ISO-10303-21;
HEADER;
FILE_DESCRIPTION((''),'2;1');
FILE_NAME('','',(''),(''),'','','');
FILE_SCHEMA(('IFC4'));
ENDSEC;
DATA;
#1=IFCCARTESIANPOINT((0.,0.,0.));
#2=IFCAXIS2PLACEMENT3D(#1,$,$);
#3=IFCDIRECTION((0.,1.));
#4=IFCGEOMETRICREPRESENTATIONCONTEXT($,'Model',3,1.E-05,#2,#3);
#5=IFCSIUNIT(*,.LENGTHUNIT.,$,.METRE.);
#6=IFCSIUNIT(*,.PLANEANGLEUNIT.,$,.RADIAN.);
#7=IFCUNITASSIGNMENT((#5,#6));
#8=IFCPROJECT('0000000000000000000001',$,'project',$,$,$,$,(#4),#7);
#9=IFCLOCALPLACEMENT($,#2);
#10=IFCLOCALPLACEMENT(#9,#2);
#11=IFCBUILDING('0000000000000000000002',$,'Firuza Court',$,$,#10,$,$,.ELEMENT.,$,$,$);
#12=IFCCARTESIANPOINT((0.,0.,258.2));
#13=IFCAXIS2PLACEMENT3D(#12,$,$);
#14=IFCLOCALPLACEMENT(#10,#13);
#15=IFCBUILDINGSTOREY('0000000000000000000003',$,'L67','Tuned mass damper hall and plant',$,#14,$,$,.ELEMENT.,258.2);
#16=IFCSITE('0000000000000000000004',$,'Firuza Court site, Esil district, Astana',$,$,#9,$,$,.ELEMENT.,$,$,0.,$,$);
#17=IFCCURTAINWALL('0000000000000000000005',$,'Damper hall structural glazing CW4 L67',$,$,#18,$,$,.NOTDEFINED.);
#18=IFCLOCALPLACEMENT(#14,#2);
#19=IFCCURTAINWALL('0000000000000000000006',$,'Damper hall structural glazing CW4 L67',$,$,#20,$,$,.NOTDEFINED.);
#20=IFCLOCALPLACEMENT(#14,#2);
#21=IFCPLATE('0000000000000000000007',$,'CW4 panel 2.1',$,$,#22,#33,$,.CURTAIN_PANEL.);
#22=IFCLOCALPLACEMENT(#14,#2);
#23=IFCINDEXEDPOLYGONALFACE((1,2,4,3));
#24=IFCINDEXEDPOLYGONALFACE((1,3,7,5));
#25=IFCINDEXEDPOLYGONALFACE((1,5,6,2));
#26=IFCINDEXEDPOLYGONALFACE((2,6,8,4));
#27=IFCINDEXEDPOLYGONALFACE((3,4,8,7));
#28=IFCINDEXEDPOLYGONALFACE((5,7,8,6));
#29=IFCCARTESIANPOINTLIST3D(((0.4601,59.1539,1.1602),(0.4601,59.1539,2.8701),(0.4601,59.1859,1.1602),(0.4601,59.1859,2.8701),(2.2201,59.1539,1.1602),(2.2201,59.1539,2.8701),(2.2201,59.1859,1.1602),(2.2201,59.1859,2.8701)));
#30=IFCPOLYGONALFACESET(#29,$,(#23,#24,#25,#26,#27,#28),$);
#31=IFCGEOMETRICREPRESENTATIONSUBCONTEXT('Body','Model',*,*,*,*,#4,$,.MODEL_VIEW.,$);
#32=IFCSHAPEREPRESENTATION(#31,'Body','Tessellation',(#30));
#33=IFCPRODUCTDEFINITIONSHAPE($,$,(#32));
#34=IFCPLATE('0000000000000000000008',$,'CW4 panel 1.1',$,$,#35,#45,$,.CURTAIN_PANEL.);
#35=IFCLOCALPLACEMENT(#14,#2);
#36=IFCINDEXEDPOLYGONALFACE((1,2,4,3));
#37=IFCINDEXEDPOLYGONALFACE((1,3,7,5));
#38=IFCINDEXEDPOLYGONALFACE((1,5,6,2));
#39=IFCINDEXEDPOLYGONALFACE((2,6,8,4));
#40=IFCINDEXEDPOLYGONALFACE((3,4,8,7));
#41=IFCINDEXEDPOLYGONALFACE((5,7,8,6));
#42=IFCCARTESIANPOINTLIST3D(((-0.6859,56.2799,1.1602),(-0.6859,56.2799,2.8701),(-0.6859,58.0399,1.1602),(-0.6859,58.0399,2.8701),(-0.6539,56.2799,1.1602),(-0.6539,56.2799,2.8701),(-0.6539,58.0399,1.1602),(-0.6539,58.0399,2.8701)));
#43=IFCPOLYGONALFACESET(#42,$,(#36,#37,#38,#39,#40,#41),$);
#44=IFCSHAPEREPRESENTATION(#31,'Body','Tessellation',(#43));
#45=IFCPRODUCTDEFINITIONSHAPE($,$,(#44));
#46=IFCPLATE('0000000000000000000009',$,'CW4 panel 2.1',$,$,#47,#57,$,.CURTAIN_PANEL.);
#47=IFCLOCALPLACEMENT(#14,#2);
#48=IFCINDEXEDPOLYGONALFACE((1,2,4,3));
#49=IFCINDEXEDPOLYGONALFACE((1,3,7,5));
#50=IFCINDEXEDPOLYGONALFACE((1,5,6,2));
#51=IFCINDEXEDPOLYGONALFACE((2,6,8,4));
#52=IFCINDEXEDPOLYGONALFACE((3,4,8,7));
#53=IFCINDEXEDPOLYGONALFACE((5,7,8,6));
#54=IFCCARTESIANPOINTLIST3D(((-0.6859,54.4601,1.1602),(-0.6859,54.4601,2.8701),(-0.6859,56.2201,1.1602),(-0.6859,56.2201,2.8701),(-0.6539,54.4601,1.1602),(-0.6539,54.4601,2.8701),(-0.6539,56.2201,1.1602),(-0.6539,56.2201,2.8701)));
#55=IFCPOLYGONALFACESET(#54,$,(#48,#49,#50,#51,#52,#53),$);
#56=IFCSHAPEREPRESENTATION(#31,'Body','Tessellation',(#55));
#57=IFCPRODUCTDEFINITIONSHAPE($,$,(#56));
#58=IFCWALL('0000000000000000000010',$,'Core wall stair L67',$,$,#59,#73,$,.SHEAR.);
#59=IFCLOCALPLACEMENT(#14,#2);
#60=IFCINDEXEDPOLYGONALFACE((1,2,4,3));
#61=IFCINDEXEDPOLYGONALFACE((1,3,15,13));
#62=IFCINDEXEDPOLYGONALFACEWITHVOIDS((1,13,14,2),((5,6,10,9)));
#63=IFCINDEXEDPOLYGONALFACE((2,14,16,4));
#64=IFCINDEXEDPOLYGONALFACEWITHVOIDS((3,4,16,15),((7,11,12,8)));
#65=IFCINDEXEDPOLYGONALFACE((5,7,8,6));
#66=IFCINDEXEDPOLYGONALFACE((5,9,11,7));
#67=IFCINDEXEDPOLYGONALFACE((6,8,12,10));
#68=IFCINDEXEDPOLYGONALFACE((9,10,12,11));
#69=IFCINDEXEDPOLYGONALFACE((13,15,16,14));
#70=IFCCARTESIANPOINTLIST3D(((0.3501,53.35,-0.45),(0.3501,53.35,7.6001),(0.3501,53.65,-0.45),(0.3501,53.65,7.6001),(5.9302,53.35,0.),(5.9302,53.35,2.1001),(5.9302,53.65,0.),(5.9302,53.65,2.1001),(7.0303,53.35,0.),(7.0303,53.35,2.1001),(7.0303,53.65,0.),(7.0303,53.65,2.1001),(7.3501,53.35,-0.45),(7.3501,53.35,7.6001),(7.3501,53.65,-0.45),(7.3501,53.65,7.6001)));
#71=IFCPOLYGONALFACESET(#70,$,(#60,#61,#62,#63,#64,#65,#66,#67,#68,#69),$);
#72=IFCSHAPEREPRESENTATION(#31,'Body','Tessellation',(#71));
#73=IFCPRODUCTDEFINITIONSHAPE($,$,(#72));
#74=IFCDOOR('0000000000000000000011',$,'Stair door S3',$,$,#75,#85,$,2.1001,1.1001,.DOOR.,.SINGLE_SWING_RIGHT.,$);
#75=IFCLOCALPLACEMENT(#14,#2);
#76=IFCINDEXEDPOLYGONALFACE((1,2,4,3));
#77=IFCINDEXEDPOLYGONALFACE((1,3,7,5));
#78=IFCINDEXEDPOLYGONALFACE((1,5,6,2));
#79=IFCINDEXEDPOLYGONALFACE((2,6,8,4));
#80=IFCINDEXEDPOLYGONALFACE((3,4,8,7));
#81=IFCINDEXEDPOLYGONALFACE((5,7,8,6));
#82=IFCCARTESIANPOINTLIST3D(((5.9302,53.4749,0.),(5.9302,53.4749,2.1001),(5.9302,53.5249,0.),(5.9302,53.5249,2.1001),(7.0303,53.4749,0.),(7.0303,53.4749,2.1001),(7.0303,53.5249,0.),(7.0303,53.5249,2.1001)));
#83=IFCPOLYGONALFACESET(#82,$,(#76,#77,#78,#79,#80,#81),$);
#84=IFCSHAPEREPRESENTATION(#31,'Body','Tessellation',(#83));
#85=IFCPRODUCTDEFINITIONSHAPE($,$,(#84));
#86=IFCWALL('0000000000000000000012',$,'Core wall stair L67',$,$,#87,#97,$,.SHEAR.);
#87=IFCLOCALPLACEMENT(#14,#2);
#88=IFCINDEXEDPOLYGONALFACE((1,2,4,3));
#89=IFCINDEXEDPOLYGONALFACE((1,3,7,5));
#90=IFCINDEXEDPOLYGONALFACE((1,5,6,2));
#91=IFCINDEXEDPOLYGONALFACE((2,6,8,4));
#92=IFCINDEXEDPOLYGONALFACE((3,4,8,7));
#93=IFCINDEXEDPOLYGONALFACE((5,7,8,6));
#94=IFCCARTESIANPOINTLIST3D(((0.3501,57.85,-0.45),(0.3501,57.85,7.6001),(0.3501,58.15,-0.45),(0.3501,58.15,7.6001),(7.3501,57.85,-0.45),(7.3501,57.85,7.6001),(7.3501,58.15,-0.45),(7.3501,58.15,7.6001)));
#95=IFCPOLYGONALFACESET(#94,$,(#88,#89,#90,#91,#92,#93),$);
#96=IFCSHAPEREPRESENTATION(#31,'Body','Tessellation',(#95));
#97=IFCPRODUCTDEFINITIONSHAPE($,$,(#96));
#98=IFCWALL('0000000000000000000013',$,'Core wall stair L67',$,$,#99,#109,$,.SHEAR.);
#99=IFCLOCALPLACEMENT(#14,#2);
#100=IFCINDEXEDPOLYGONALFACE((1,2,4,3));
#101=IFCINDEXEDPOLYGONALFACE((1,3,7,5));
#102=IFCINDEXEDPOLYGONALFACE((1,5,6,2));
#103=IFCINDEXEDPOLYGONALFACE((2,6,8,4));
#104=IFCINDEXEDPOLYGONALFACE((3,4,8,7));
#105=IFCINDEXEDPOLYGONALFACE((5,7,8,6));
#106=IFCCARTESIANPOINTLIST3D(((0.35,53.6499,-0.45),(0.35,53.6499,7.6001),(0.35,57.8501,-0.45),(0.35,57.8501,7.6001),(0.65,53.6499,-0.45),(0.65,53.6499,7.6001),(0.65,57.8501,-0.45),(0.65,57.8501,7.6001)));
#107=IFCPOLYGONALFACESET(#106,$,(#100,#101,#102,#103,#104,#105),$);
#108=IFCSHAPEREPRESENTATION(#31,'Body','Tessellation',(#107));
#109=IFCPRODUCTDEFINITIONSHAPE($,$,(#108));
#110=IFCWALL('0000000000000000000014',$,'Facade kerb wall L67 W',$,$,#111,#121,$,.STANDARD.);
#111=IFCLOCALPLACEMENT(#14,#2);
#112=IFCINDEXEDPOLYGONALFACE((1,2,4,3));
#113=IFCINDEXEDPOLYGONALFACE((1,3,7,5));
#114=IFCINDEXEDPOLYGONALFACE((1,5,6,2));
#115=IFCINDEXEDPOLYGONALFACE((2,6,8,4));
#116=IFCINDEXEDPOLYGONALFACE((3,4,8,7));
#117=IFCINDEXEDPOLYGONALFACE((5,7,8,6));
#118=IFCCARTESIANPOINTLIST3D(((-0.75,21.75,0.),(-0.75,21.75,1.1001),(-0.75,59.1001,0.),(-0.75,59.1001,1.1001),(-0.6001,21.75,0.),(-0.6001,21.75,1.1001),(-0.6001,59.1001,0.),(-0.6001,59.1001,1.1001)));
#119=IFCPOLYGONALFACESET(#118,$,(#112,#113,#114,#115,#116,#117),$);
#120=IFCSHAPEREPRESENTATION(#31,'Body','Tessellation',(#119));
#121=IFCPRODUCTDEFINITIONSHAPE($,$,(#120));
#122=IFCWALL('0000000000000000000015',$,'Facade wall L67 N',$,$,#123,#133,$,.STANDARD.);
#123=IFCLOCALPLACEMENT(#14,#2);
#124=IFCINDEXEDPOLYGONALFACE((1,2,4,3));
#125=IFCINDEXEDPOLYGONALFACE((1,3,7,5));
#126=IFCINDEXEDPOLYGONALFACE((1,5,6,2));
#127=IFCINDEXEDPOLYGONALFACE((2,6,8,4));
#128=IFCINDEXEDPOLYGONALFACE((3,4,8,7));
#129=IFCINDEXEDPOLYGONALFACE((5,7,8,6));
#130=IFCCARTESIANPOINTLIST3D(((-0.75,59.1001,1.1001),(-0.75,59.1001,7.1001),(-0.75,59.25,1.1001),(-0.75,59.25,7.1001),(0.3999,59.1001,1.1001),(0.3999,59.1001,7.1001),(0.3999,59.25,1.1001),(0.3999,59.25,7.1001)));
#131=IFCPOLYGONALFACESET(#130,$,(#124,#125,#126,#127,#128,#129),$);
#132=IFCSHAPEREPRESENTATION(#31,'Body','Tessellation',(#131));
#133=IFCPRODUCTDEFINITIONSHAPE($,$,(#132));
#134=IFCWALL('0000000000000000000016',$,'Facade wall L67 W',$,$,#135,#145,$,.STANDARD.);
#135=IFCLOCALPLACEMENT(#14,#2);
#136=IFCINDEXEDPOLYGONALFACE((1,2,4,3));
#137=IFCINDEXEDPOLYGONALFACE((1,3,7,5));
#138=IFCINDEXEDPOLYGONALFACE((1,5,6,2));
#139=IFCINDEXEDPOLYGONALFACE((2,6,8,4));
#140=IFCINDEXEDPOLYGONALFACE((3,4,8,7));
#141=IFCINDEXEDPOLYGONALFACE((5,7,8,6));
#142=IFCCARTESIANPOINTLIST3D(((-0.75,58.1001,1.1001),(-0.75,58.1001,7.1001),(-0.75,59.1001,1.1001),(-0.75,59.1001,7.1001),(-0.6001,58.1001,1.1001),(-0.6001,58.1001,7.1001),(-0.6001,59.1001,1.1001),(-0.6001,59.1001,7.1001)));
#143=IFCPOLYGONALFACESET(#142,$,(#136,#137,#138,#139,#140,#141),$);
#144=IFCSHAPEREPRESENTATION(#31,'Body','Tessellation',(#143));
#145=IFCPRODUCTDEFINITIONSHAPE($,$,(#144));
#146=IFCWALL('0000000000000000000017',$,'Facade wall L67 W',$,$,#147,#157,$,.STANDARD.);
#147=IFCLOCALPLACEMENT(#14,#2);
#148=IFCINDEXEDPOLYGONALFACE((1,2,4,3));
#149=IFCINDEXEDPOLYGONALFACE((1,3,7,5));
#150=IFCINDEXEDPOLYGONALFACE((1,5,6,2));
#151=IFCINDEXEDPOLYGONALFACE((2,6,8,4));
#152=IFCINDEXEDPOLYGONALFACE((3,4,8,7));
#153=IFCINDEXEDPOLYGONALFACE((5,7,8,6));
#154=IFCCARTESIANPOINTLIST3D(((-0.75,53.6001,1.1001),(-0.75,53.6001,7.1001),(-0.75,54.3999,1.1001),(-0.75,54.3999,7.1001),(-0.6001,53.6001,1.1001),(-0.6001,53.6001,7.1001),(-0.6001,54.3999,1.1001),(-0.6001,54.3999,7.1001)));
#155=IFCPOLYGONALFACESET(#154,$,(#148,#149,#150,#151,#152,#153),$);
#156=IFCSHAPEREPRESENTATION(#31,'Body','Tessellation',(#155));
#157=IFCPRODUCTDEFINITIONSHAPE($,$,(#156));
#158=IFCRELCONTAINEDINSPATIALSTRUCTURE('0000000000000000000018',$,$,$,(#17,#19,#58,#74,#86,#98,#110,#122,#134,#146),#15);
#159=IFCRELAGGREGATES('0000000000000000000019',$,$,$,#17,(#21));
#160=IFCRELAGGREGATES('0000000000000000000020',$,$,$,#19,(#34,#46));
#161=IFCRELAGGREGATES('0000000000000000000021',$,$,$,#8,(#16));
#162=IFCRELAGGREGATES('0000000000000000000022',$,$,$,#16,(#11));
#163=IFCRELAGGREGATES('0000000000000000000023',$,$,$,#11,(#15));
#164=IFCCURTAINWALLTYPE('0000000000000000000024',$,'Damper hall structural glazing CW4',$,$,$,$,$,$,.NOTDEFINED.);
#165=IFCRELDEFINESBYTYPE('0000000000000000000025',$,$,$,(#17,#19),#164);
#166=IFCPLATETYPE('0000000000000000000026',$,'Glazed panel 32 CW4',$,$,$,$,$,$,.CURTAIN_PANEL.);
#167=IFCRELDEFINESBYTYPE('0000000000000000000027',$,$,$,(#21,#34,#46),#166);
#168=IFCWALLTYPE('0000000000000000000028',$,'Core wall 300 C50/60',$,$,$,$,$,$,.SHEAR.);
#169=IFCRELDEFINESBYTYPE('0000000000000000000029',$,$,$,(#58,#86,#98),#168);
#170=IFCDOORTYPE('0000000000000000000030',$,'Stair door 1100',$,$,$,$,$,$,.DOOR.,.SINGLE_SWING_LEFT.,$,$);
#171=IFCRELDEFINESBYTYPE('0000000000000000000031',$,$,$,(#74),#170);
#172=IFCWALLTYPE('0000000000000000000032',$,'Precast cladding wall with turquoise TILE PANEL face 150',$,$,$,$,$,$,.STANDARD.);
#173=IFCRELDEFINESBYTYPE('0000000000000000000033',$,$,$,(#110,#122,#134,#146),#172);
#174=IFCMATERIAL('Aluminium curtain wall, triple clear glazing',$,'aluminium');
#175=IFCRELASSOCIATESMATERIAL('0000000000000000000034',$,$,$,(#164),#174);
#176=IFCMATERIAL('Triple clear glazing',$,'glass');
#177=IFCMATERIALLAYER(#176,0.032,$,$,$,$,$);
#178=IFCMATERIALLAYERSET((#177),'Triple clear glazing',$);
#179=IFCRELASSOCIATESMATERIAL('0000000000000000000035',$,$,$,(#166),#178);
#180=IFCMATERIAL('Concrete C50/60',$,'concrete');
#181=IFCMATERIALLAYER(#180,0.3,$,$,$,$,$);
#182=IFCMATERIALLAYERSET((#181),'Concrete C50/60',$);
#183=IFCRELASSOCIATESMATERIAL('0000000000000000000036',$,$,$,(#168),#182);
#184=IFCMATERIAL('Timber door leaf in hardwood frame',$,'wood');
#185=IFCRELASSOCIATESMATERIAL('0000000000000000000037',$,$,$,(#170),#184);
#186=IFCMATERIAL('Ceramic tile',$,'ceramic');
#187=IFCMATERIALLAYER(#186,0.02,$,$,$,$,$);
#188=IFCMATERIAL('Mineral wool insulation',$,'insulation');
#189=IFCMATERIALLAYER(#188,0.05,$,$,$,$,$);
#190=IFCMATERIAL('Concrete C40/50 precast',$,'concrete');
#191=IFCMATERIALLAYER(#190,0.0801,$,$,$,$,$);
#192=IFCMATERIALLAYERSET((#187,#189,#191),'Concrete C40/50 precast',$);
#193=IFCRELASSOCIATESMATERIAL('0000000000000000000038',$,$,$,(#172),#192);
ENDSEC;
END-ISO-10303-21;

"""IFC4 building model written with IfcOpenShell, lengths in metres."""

from ifc_helpers import new_model, si_unit, direction, frame, frame_2d, origin, origin_2d, place, context, subcontext, project, spatial, rectangle, extrude, material, layer, layer_set, type_object, element, fill, aggregate, save


model = new_model("IFC4")

# Units and contexts
model_context = context("Model", 3, precision=1e-05, world=origin(), true_north=direction((0.0, 1.0)))
body_context = subcontext(model_context, "Body", "Model", "MODEL_VIEW")
ifc_project = project(units=[si_unit("LENGTHUNIT", "METRE"), si_unit("PLANEANGLEUNIT", "RADIAN")], contexts=[model_context])

# Site, building, storey
site_placement = place(None, origin())
site = spatial("IfcSite", under=ifc_project, at=site_placement, Name="Firuza Court site, Esil district, Astana", CompositionType="ELEMENT", RefElevation=0.0)
building_placement = place(site_placement, origin())
building = spatial("IfcBuilding", under=site, at=building_placement, Name="Firuza Court", CompositionType="ELEMENT")
storey_placement = place(building_placement, frame((0.0, 0.0, 258.2)))
storey = spatial("IfcBuildingStorey", under=building, at=storey_placement, Name="L67", Description="Tuned mass damper hall and plant", CompositionType="ELEMENT", Elevation=258.2)

# Curtain walls
ifc_material_1 = material(Name="Aluminium curtain wall, triple clear glazing", Category="aluminium")
curtain_wall_type = type_object("IfcCurtainWallType", Name="Damper hall structural glazing CW4", PredefinedType="NOTDEFINED", material=ifc_material_1)
curtain_wall_1_placement = place(storey_placement, origin())
curtain_wall_1 = element("IfcCurtainWall", 1, at=curtain_wall_1_placement, inside=storey, type_object=curtain_wall_type, Name="Damper hall structural glazing CW4 L67", PredefinedType="NOTDEFINED")
curtain_wall_2_placement = place(storey_placement, origin())
curtain_wall_2 = element("IfcCurtainWall", 2, at=curtain_wall_2_placement, inside=storey, type_object=curtain_wall_type, Name="Damper hall structural glazing CW4 L67", PredefinedType="NOTDEFINED")

# Plates
ifc_material_2 = material(Name="Triple clear glazing", Category="glass")
ifc_layer_1 = layer(ifc_material_2, 0.032)
ifc_layer_set_1 = layer_set([ifc_layer_1], Name="Triple clear glazing")
plate_type = type_object("IfcPlateType", Name="Glazed panel 32 CW4", PredefinedType="CURTAIN_PANEL", material=ifc_layer_set_1)
plate_1_placement = place(storey_placement, frame((1.3401, 59.1699, 1.1602), z_axis=(0.0, 0.0, 1.0), x_axis=(-1.0, 0.0, 0.0)))
plate_1 = element("IfcPlate", 3, at=plate_1_placement, type_object=plate_type, Name="CW4 panel 2.1", PredefinedType="CURTAIN_PANEL", context=body_context, shape_type="SweptSolid", body=[
    extrude(rectangle(XDim=1.76, YDim=0.032, at=origin_2d()), origin(), (0.0, 0.0, 1.0), 1.71),
])
aggregate(curtain_wall_1, [plate_1])
plate_2_placement = place(storey_placement, frame((-0.6699, 57.1599, 1.1602), z_axis=(0.0, 0.0, 1.0), x_axis=(0.0, -1.0, 0.0)))
plate_2 = element("IfcPlate", 4, at=plate_2_placement, type_object=plate_type, Name="CW4 panel 1.1", PredefinedType="CURTAIN_PANEL", context=body_context, shape_type="SweptSolid", body=[
    extrude(rectangle(XDim=1.76, YDim=0.032, at=origin_2d()), origin(), (0.0, 0.0, 1.0), 1.71),
])
plate_3_placement = place(storey_placement, frame((-0.6699, 55.3401, 1.1602), z_axis=(0.0, 0.0, 1.0), x_axis=(0.0, -1.0, 0.0)))
plate_3 = element("IfcPlate", 5, at=plate_3_placement, type_object=plate_type, Name="CW4 panel 2.1", PredefinedType="CURTAIN_PANEL", context=body_context, shape_type="SweptSolid", body=[
    extrude(rectangle(XDim=1.76, YDim=0.032, at=origin_2d()), origin(), (0.0, 0.0, 1.0), 1.71),
])
aggregate(curtain_wall_2, [plate_2, plate_3])

# Wall, opening, door
ifc_material_3 = material(Name="Concrete C50/60", Category="concrete")
ifc_layer_2 = layer(ifc_material_3, 0.3)
ifc_layer_set_2 = layer_set([ifc_layer_2], Name="Concrete C50/60")
wall_type_1 = type_object("IfcWallType", Name="Core wall 300 C50/60", PredefinedType="SHEAR", material=ifc_layer_set_2)
wall_1_placement = place(storey_placement, frame((0.3501, 53.5, -0.45), z_axis=(0.0, 0.0, 1.0), x_axis=(1.0, 0.0, 0.0)))
wall_1 = element("IfcWall", 6, at=wall_1_placement, inside=storey, type_object=wall_type_1, Name="Core wall stair L67", PredefinedType="SHEAR", context=body_context, shape_type="SweptSolid", body=[
    extrude(rectangle(XDim=7.0, YDim=0.3, at=frame_2d((3.5, 0.0))), origin(), (0.0, 0.0, 1.0), 8.05),
])
opening_placement = place(wall_1_placement, frame((5.5801, 0.0, 0.45)))
opening = element("IfcOpeningElement", 7, at=opening_placement, cuts=wall_1, PredefinedType="OPENING", context=body_context, shape_type="SweptSolid", body=[
    extrude(rectangle(XDim=1.1001, YDim=2.1001, at=frame_2d((0.55, 1.05))), frame((0.0, 0.1621, 0.0), z_axis=(0.0, -1.0, 0.0), x_axis=(1.0, 0.0, 0.0)), (0.0, 0.0, 1.0), 0.324),
])
ifc_material_4 = material(Name="Timber door leaf in hardwood frame", Category="wood")
door_type = type_object("IfcDoorType", Name="Stair door 1100", OperationType="SINGLE_SWING_LEFT", PredefinedType="DOOR", material=ifc_material_4)
door_placement = place(opening_placement, origin())
door = element("IfcDoor", 8, at=door_placement, inside=storey, type_object=door_type, Name="Stair door S3", OperationType="SINGLE_SWING_RIGHT", OverallHeight=2.1001, OverallWidth=1.1001, PredefinedType="DOOR", context=body_context, shape_type="SweptSolid", body=[
    extrude(rectangle(XDim=1.1001, YDim=2.1001, at=frame_2d((0.55, 1.05))), frame((0.0, 0.0249, 0.0), z_axis=(0.0, -1.0, 0.0), x_axis=(1.0, 0.0, 0.0)), (0.0, 0.0, 1.0), 0.05),
])
fill(opening, door)

# Walls
wall_2_placement = place(storey_placement, frame((0.3501, 58.0, -0.45), z_axis=(0.0, 0.0, 1.0), x_axis=(1.0, 0.0, 0.0)))
element("IfcWall", 9, at=wall_2_placement, inside=storey, type_object=wall_type_1, Name="Core wall stair L67", PredefinedType="SHEAR", context=body_context, shape_type="SweptSolid", body=[
    extrude(rectangle(XDim=7.0, YDim=0.3, at=frame_2d((3.5, 0.0))), origin(), (0.0, 0.0, 1.0), 8.05),
])
wall_3_placement = place(storey_placement, frame((0.5, 53.6499, -0.45), z_axis=(0.0, 0.0, 1.0), x_axis=(0.0, 1.0, 0.0)))
element("IfcWall", 10, at=wall_3_placement, inside=storey, type_object=wall_type_1, Name="Core wall stair L67", PredefinedType="SHEAR", context=body_context, shape_type="SweptSolid", body=[
    extrude(rectangle(XDim=4.2002, YDim=0.3, at=frame_2d((2.1001, 0.0))), origin(), (0.0, 0.0, 1.0), 8.05),
])
ifc_material_5 = material(Name="Ceramic tile", Category="ceramic")
ifc_layer_3 = layer(ifc_material_5, 0.02)
ifc_material_6 = material(Name="Mineral wool insulation", Category="insulation")
ifc_layer_4 = layer(ifc_material_6, 0.05)
ifc_material_7 = material(Name="Concrete C40/50 precast", Category="concrete")
ifc_layer_5 = layer(ifc_material_7, 0.0801)
ifc_layer_set_3 = layer_set([ifc_layer_3, ifc_layer_4, ifc_layer_5], Name="Concrete C40/50 precast")
wall_type_2 = type_object("IfcWallType", Name="Precast cladding wall with turquoise TILE PANEL face 150", PredefinedType="STANDARD", material=ifc_layer_set_3)
wall_4_placement = place(storey_placement, frame((-0.675, 59.1001, 0.0), z_axis=(0.0, 0.0, 1.0), x_axis=(0.0, -1.0, 0.0)))
element("IfcWall", 11, at=wall_4_placement, inside=storey, type_object=wall_type_2, Name="Facade kerb wall L67 W", PredefinedType="STANDARD", context=body_context, shape_type="SweptSolid", body=[
    extrude(rectangle(XDim=37.3501, YDim=0.1499, at=frame_2d((18.675, 0.0))), origin(), (0.0, 0.0, 1.0), 1.1001),
])
wall_5_placement = place(storey_placement, frame((0.3999, 59.175, 1.1001), z_axis=(0.0, 0.0, 1.0), x_axis=(-1.0, 0.0, 0.0)))
element("IfcWall", 12, at=wall_5_placement, inside=storey, type_object=wall_type_2, Name="Facade wall L67 N", PredefinedType="STANDARD", context=body_context, shape_type="SweptSolid", body=[
    extrude(rectangle(XDim=1.1499, YDim=0.1499, at=frame_2d((0.575, 0.0))), origin(), (0.0, 0.0, 1.0), 6.0),
])
wall_6_placement = place(storey_placement, frame((-0.675, 59.1001, 1.1001), z_axis=(0.0, 0.0, 1.0), x_axis=(0.0, -1.0, 0.0)))
element("IfcWall", 13, at=wall_6_placement, inside=storey, type_object=wall_type_2, Name="Facade wall L67 W", PredefinedType="STANDARD", context=body_context, shape_type="SweptSolid", body=[
    extrude(rectangle(XDim=1.0, YDim=0.1499, at=frame_2d((0.5, 0.0))), origin(), (0.0, 0.0, 1.0), 6.0),
])
wall_7_placement = place(storey_placement, frame((-0.675, 54.3999, 1.1001), z_axis=(0.0, 0.0, 1.0), x_axis=(0.0, -1.0, 0.0)))
element("IfcWall", 14, at=wall_7_placement, inside=storey, type_object=wall_type_2, Name="Facade wall L67 W", PredefinedType="STANDARD", context=body_context, shape_type="SweptSolid", body=[
    extrude(rectangle(XDim=0.7998, YDim=0.1499, at=frame_2d((0.3999, 0.0))), origin(), (0.0, 0.0, 1.0), 6.0),
])

save(model, "model.ifc")
